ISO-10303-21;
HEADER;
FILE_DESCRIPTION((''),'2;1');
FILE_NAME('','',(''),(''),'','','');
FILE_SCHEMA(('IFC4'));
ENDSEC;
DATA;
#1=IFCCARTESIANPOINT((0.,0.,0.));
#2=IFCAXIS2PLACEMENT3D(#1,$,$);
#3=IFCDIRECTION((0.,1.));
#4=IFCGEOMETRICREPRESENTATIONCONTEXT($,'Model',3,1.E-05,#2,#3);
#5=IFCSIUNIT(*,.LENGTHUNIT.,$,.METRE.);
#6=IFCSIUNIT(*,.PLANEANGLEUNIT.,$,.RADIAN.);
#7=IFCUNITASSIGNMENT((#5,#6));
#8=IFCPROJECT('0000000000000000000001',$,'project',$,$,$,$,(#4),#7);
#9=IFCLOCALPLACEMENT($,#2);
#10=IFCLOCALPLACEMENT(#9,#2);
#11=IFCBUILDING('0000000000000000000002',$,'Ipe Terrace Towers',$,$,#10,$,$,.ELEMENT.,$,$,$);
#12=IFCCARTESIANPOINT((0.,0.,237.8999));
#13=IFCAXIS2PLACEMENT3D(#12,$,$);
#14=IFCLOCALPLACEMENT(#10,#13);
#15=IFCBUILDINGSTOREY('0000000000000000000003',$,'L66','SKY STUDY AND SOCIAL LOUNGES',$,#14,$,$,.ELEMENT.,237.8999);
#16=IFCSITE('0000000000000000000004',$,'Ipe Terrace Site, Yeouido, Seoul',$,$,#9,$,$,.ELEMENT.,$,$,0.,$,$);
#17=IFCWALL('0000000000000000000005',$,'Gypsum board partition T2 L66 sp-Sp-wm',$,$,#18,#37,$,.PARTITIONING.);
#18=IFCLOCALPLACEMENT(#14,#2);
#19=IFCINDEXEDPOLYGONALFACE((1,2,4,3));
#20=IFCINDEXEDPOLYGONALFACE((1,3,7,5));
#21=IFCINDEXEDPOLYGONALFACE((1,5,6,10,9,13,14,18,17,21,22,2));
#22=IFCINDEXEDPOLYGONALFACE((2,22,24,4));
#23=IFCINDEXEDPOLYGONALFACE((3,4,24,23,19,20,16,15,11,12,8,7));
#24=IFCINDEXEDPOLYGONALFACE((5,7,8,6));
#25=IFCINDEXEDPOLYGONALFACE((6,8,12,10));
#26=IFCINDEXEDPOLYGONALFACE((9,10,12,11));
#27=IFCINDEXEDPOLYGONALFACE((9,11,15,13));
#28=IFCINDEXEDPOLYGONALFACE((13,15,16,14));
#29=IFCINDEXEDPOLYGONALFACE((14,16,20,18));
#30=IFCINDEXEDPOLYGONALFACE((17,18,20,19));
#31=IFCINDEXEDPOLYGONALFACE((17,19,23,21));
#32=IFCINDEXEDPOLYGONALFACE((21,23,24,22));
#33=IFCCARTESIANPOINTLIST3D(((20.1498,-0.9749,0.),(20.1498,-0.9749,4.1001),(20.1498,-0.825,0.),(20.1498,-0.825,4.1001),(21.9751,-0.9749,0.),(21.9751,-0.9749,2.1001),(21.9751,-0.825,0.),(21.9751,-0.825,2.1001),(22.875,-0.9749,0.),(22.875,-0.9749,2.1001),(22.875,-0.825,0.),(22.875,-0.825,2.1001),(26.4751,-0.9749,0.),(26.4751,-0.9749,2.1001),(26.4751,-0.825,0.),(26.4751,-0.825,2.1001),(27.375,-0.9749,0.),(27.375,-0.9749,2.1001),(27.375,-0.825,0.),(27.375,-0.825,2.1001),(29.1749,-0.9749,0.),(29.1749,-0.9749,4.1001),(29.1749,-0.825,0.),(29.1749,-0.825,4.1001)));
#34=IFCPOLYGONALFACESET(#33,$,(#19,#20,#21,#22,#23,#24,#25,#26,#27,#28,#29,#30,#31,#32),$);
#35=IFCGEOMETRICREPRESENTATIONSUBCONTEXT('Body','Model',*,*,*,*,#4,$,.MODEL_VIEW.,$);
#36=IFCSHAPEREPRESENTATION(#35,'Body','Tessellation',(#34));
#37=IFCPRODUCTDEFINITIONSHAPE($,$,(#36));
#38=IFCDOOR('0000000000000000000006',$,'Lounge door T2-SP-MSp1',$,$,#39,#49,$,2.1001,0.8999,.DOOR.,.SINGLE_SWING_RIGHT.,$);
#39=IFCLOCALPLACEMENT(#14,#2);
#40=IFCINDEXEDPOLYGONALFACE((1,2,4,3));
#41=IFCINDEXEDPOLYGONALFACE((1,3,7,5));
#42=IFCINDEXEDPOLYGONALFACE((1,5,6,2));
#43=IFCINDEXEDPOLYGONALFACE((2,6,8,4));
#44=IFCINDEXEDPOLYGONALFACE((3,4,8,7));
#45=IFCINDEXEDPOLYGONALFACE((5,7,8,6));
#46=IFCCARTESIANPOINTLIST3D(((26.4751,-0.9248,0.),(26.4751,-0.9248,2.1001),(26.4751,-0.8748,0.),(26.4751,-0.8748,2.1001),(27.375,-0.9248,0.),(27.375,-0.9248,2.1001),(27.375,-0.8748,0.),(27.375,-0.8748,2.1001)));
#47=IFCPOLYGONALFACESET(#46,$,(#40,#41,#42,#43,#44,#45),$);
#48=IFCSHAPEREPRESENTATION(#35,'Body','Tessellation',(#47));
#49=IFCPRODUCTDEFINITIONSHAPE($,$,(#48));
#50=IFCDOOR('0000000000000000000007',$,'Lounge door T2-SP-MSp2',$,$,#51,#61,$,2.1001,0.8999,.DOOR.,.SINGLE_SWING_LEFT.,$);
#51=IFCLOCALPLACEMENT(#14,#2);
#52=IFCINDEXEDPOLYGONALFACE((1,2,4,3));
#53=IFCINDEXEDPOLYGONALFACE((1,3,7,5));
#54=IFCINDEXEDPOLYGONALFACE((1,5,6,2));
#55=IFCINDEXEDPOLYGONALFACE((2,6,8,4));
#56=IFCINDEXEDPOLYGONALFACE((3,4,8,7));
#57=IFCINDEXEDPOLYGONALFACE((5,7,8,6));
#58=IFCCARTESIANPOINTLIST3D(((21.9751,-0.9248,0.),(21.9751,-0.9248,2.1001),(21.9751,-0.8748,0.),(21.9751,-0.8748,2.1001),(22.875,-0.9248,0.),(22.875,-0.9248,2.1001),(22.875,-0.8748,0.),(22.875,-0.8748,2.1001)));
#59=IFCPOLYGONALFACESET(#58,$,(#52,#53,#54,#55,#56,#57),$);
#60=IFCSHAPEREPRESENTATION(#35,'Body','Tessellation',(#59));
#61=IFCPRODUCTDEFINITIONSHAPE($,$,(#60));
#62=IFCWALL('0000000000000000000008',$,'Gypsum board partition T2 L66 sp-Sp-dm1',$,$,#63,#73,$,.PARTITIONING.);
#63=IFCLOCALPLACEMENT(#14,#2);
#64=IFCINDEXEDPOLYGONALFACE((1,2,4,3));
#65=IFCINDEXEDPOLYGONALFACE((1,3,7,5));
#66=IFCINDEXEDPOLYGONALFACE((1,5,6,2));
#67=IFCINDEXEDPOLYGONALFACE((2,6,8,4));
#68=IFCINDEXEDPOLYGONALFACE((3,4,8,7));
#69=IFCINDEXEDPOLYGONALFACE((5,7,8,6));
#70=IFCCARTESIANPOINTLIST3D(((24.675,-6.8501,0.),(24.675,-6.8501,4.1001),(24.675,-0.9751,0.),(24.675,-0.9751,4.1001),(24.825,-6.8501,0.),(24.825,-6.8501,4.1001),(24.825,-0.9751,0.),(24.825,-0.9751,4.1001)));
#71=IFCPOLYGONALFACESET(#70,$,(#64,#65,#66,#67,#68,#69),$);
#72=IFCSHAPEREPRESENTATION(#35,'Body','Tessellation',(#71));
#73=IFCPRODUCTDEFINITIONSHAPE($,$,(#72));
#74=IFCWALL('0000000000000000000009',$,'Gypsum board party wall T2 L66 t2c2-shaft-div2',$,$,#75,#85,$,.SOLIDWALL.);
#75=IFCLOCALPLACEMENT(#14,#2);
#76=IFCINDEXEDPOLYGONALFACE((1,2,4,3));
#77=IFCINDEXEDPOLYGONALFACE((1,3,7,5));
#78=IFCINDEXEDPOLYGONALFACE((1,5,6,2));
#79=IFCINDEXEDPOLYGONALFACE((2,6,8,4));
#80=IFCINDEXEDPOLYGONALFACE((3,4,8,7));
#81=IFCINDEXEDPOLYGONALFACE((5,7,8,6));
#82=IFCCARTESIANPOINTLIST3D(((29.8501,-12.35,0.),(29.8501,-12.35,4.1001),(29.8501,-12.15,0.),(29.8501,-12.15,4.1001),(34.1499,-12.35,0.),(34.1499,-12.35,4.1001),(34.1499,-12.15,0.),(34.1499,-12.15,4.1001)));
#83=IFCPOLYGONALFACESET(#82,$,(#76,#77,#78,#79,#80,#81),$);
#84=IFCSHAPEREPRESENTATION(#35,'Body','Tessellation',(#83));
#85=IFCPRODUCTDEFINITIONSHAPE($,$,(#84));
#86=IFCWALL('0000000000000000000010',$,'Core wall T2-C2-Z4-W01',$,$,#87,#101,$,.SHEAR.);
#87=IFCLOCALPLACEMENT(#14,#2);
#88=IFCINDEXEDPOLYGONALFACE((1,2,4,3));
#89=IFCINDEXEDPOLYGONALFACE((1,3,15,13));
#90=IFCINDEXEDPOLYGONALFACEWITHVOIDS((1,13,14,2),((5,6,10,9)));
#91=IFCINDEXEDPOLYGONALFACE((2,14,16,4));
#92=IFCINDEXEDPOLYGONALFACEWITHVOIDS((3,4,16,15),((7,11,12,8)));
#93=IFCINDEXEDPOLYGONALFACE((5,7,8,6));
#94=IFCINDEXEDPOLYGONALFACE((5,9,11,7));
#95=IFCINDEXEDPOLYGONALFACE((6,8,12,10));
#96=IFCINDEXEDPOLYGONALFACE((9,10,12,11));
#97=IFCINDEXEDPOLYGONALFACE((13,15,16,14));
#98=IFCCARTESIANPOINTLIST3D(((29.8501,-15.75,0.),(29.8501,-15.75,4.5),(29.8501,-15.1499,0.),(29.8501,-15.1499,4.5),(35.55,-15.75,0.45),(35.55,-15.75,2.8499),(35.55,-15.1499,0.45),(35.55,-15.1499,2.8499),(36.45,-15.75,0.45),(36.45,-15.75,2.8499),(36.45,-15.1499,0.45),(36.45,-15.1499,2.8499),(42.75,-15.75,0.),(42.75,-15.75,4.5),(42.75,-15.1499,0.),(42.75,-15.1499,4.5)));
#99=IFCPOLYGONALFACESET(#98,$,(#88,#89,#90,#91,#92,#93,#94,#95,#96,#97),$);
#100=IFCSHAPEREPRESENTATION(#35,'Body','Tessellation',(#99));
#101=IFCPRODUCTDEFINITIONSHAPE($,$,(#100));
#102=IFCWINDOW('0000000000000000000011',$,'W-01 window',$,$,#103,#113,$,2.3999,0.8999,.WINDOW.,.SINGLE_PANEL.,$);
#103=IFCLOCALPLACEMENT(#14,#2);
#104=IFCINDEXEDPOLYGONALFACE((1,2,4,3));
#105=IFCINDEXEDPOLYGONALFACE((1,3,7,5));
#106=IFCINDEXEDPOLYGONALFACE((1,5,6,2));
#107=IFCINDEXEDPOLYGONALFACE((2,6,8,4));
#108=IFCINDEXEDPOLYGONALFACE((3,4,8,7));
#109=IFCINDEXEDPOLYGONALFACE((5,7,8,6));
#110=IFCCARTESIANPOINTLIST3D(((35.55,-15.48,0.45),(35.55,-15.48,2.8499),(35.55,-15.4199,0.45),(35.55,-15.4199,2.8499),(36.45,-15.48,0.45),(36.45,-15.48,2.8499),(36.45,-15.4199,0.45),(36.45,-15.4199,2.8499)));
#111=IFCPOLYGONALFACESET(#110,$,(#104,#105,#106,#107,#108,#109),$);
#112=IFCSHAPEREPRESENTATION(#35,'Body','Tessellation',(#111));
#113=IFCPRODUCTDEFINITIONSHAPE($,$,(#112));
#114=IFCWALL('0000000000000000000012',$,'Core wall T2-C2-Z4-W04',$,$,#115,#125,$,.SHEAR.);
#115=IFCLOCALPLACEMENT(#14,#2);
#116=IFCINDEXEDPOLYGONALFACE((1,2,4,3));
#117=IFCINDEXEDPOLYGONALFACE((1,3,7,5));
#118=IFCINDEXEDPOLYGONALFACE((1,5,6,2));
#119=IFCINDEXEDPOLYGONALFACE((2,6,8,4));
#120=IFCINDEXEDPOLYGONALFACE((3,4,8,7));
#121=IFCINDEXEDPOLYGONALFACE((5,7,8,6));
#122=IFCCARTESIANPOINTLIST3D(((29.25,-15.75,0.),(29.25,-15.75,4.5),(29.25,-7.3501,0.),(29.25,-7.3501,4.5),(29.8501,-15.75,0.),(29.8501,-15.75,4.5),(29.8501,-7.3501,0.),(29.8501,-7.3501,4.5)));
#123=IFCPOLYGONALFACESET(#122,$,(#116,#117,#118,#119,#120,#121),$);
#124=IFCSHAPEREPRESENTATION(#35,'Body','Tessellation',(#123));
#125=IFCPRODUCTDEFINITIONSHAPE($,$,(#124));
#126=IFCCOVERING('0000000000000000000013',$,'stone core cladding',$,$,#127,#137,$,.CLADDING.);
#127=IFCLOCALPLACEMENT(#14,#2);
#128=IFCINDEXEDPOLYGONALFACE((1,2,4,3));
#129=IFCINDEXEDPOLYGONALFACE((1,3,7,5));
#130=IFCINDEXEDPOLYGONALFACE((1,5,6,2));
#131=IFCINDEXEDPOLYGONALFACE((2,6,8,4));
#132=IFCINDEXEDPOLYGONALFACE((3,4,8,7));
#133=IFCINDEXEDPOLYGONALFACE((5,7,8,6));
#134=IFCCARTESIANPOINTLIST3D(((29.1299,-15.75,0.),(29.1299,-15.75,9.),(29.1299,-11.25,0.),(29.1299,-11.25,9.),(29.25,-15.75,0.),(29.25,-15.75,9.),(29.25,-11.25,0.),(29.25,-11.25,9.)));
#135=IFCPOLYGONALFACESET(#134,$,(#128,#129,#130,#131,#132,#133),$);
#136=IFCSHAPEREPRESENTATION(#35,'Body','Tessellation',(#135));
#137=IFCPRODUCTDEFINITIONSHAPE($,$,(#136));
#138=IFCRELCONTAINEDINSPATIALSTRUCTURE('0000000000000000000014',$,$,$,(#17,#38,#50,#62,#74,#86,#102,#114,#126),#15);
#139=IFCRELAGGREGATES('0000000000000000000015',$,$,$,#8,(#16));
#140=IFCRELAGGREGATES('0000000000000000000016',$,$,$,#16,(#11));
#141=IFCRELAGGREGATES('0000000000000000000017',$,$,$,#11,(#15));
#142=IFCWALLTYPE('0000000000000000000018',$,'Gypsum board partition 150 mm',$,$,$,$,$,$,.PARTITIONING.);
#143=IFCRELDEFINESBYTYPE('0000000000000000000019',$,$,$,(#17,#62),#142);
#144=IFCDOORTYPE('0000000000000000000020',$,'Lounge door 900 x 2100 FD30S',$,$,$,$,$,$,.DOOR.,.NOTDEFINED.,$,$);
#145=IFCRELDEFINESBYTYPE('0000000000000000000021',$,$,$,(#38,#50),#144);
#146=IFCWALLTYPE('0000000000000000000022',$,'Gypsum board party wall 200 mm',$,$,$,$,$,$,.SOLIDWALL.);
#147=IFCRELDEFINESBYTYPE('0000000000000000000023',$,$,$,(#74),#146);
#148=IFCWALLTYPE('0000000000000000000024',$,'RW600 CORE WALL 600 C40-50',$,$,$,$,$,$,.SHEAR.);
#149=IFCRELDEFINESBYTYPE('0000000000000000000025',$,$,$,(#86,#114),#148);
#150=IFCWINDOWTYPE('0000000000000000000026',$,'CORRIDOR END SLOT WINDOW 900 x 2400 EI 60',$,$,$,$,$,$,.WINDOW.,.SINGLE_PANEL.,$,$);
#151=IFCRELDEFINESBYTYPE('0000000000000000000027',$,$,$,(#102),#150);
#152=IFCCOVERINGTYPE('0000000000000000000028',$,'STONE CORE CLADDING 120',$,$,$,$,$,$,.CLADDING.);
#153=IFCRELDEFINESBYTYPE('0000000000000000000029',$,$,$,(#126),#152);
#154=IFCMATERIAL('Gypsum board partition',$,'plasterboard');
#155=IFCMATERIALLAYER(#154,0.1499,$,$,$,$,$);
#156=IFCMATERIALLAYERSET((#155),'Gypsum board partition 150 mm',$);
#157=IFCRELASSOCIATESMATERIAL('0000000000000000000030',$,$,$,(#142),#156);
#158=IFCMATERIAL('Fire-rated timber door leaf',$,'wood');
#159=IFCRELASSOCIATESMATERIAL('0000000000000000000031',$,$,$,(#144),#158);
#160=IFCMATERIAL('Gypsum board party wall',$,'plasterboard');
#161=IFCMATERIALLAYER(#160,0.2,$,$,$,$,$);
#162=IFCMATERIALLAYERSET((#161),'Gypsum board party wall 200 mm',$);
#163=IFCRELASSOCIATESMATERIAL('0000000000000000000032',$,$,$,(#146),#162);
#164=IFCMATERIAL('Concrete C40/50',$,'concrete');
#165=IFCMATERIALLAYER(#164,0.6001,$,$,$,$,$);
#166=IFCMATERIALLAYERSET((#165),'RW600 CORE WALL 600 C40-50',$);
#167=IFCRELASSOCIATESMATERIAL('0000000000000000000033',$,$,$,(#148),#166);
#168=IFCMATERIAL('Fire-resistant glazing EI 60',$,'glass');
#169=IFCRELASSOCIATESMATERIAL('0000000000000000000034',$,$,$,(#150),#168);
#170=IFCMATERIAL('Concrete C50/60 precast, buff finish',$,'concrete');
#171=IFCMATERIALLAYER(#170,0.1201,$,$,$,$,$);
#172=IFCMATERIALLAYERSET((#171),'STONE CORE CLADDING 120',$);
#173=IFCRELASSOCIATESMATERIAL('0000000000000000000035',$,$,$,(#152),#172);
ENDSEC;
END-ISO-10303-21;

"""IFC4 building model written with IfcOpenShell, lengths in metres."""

from ifc_helpers import new_model, si_unit, direction, frame, frame_2d, origin, origin_2d, place, context, subcontext, project, spatial, rectangle, extrude, material, layer, layer_set, type_object, element, fill, save


model = new_model("IFC4")

# Units and contexts
model_context = context("Model", 3, precision=1e-05, world=origin(), true_north=direction((0.0, 1.0)))
body_context = subcontext(model_context, "Body", "Model", "MODEL_VIEW")
ifc_project = project(units=[si_unit("LENGTHUNIT", "METRE"), si_unit("PLANEANGLEUNIT", "RADIAN")], contexts=[model_context])

# Site, building, storey
site_placement = place(None, origin())
site = spatial("IfcSite", under=ifc_project, at=site_placement, Name="Ipe Terrace Site, Yeouido, Seoul", CompositionType="ELEMENT", RefElevation=0.0)
building_placement = place(site_placement, origin())
building = spatial("IfcBuilding", under=site, at=building_placement, Name="Ipe Terrace Towers", CompositionType="ELEMENT")
storey_placement = place(building_placement, frame((0.0, 0.0, 237.8999)))
storey = spatial("IfcBuildingStorey", under=building, at=storey_placement, Name="L66", Description="SKY STUDY AND SOCIAL LOUNGES", CompositionType="ELEMENT", Elevation=237.8999)

# Shared definitions
ifc_material_1 = material(Name="Gypsum board partition", Category="plasterboard")
ifc_layer_1 = layer(ifc_material_1, 0.1499)
ifc_layer_set_1 = layer_set([ifc_layer_1], Name="Gypsum board partition 150 mm")
wall_type_1 = type_object("IfcWallType", Name="Gypsum board partition 150 mm", PredefinedType="PARTITIONING", material=ifc_layer_set_1)

# Wall, openings, doors
wall_1_placement = place(storey_placement, frame((29.175, -0.8999, 0.0), z_axis=(0.0, 0.0, 1.0), x_axis=(-1.0, 0.0, 0.0)))
wall_1 = element("IfcWall", 1, at=wall_1_placement, inside=storey, type_object=wall_type_1, Name="Gypsum board partition T2 L66 sp-Sp-wm", PredefinedType="PARTITIONING", context=body_context, shape_type="SweptSolid", body=[
    extrude(rectangle(XDim=9.0251, YDim=0.1499, at=frame_2d((4.5127, 0.0))), origin(), (0.0, 0.0, 1.0), 4.1001),
])
opening_1_placement = place(wall_1_placement, frame((1.8, 0.0, 0.0)))
opening_1 = element("IfcOpeningElement", 2, at=opening_1_placement, cuts=wall_1, PredefinedType="OPENING", context=body_context, shape_type="SweptSolid", body=[
    extrude(rectangle(XDim=0.8999, YDim=2.1001, at=frame_2d((0.45, 1.05))), frame((0.0, 0.085, 0.0), z_axis=(0.0, -1.0, 0.0), x_axis=(1.0, 0.0, 0.0)), (0.0, 0.0, 1.0), 0.1699),
])
opening_2_placement = place(wall_1_placement, frame((6.3, 0.0, 0.0)))
opening_2 = element("IfcOpeningElement", 3, at=opening_2_placement, cuts=wall_1, PredefinedType="OPENING", context=body_context, shape_type="SweptSolid", body=[
    extrude(rectangle(XDim=0.8999, YDim=2.1001, at=frame_2d((0.45, 1.05))), frame((0.0, 0.085, 0.0), z_axis=(0.0, -1.0, 0.0), x_axis=(1.0, 0.0, 0.0)), (0.0, 0.0, 1.0), 0.1699),
])
ifc_material_2 = material(Name="Fire-rated timber door leaf", Category="wood")
door_type_1 = type_object("IfcDoorType", Name="Lounge door 900 x 2100 FD30S", OperationType="NOTDEFINED", PredefinedType="DOOR", material=ifc_material_2)
door_1_placement = place(opening_1_placement, origin())
door_1 = element("IfcDoor", 4, at=door_1_placement, inside=storey, type_object=door_type_1, Name="Lounge door T2-SP-MSp1", OperationType="SINGLE_SWING_RIGHT", OverallHeight=2.1001, OverallWidth=0.8999, PredefinedType="DOOR", context=body_context, shape_type="SweptSolid", body=[
    extrude(rectangle(XDim=0.8999, YDim=2.1001, at=frame_2d((0.45, 1.05))), frame((0.0, 0.0249, 0.0), z_axis=(0.0, -1.0, 0.0), x_axis=(1.0, 0.0, 0.0)), (0.0, 0.0, 1.0), 0.05),
])
fill(opening_1, door_1)
door_2_placement = place(opening_2_placement, origin())
door_2 = element("IfcDoor", 5, at=door_2_placement, inside=storey, type_object=door_type_1, Name="Lounge door T2-SP-MSp2", OperationType="SINGLE_SWING_LEFT", OverallHeight=2.1001, OverallWidth=0.8999, PredefinedType="DOOR", context=body_context, shape_type="SweptSolid", body=[
    extrude(rectangle(XDim=0.8999, YDim=2.1001, at=frame_2d((0.45, 1.05))), frame((0.0, 0.0249, 0.0), z_axis=(0.0, -1.0, 0.0), x_axis=(1.0, 0.0, 0.0)), (0.0, 0.0, 1.0), 0.05),
])
fill(opening_2, door_2)

# Walls
wall_2_placement = place(storey_placement, frame((24.75, -0.9751, 0.0), z_axis=(0.0, 0.0, 1.0), x_axis=(0.0, -1.0, 0.0)))
element("IfcWall", 6, at=wall_2_placement, inside=storey, type_object=wall_type_1, Name="Gypsum board partition T2 L66 sp-Sp-dm1", PredefinedType="PARTITIONING", context=body_context, shape_type="SweptSolid", body=[
    extrude(rectangle(XDim=5.875, YDim=0.1499, at=frame_2d((2.9375, 0.0))), origin(), (0.0, 0.0, 1.0), 4.1001),
])
ifc_material_3 = material(Name="Gypsum board party wall", Category="plasterboard")
ifc_layer_2 = layer(ifc_material_3, 0.2)
ifc_layer_set_2 = layer_set([ifc_layer_2], Name="Gypsum board party wall 200 mm")
wall_type_2 = type_object("IfcWallType", Name="Gypsum board party wall 200 mm", PredefinedType="SOLIDWALL", material=ifc_layer_set_2)
wall_3_placement = place(storey_placement, frame((29.8501, -12.25, 0.0), z_axis=(0.0, 0.0, 1.0), x_axis=(1.0, 0.0, 0.0)))
element("IfcWall", 7, at=wall_3_placement, inside=storey, type_object=wall_type_2, Name="Gypsum board party wall T2 L66 t2c2-shaft-div2", PredefinedType="SOLIDWALL", context=body_context, shape_type="SweptSolid", body=[
    extrude(rectangle(XDim=4.2998, YDim=0.2, at=frame_2d((2.1499, 0.0))), origin(), (0.0, 0.0, 1.0), 4.1001),
])

# Wall, opening, window
ifc_material_4 = material(Name="Concrete C40/50", Category="concrete")
ifc_layer_3 = layer(ifc_material_4, 0.6001)
ifc_layer_set_3 = layer_set([ifc_layer_3], Name="RW600 CORE WALL 600 C40-50")
wall_type_3 = type_object("IfcWallType", Name="RW600 CORE WALL 600 C40-50", PredefinedType="SHEAR", material=ifc_layer_set_3)
wall_4_placement = place(storey_placement, frame((29.8501, -15.45, 0.0), z_axis=(0.0, 0.0, 1.0), x_axis=(1.0, 0.0, 0.0)))
wall_4 = element("IfcWall", 8, at=wall_4_placement, inside=storey, type_object=wall_type_3, Name="Core wall T2-C2-Z4-W01", PredefinedType="SHEAR", context=body_context, shape_type="SweptSolid", body=[
    extrude(rectangle(XDim=12.8999, YDim=0.6001, at=frame_2d((6.45, 0.0))), origin(), (0.0, 0.0, 1.0), 4.5),
])
opening_3_placement = place(wall_4_placement, frame((5.7, 0.0, 0.45)))
opening_3 = element("IfcOpeningElement", 9, at=opening_3_placement, cuts=wall_4, PredefinedType="OPENING", context=body_context, shape_type="SweptSolid", body=[
    extrude(rectangle(XDim=0.8999, YDim=2.3999, at=frame_2d((0.45, 1.2))), frame((0.0, 0.3101, 0.0), z_axis=(0.0, -1.0, 0.0), x_axis=(1.0, 0.0, 0.0)), (0.0, 0.0, 1.0), 0.6201),
])
ifc_material_5 = material(Name="Fire-resistant glazing EI 60", Category="glass")
window_type = type_object("IfcWindowType", Name="CORRIDOR END SLOT WINDOW 900 x 2400 EI 60", PartitioningType="SINGLE_PANEL", PredefinedType="WINDOW", material=ifc_material_5)
window_placement = place(opening_3_placement, origin())
window = element("IfcWindow", 10, at=window_placement, inside=storey, type_object=window_type, Name="W-01 window", OverallHeight=2.3999, OverallWidth=0.8999, PartitioningType="SINGLE_PANEL", PredefinedType="WINDOW", context=body_context, shape_type="SweptSolid", body=[
    extrude(rectangle(XDim=0.8999, YDim=2.3999, at=frame_2d((0.45, 1.2))), frame((0.0, 0.03, 0.0), z_axis=(0.0, -1.0, 0.0), x_axis=(1.0, 0.0, 0.0)), (0.0, 0.0, 1.0), 0.0601),
])
fill(opening_3, window)

# Wall
wall_5_placement = place(storey_placement, frame((29.55, -7.3501, 0.0), z_axis=(0.0, 0.0, 1.0), x_axis=(0.0, -1.0, 0.0)))
element("IfcWall", 11, at=wall_5_placement, inside=storey, type_object=wall_type_3, Name="Core wall T2-C2-Z4-W04", PredefinedType="SHEAR", context=body_context, shape_type="SweptSolid", body=[
    extrude(rectangle(XDim=8.3999, YDim=0.6001, at=frame_2d((4.2, 0.0))), origin(), (0.0, 0.0, 1.0), 4.5),
])

# Covering
ifc_material_6 = material(Name="Concrete C50/60 precast, buff finish", Category="concrete")
ifc_layer_4 = layer(ifc_material_6, 0.1201)
ifc_layer_set_4 = layer_set([ifc_layer_4], Name="STONE CORE CLADDING 120")
covering_type = type_object("IfcCoveringType", Name="STONE CORE CLADDING 120", PredefinedType="CLADDING", material=ifc_layer_set_4)
covering_placement = place(storey_placement, frame((29.1899, -13.5, 0.0), z_axis=(0.0, 0.0, 1.0), x_axis=(0.0, -1.0, 0.0)))
element("IfcCovering", 12, at=covering_placement, inside=storey, type_object=covering_type, Name="stone core cladding", PredefinedType="CLADDING", context=body_context, shape_type="SweptSolid", body=[
    extrude(rectangle(XDim=4.5, YDim=0.1201, at=origin_2d()), origin(), (0.0, 0.0, 1.0), 9.0),
])

save(model, "model.ifc")
